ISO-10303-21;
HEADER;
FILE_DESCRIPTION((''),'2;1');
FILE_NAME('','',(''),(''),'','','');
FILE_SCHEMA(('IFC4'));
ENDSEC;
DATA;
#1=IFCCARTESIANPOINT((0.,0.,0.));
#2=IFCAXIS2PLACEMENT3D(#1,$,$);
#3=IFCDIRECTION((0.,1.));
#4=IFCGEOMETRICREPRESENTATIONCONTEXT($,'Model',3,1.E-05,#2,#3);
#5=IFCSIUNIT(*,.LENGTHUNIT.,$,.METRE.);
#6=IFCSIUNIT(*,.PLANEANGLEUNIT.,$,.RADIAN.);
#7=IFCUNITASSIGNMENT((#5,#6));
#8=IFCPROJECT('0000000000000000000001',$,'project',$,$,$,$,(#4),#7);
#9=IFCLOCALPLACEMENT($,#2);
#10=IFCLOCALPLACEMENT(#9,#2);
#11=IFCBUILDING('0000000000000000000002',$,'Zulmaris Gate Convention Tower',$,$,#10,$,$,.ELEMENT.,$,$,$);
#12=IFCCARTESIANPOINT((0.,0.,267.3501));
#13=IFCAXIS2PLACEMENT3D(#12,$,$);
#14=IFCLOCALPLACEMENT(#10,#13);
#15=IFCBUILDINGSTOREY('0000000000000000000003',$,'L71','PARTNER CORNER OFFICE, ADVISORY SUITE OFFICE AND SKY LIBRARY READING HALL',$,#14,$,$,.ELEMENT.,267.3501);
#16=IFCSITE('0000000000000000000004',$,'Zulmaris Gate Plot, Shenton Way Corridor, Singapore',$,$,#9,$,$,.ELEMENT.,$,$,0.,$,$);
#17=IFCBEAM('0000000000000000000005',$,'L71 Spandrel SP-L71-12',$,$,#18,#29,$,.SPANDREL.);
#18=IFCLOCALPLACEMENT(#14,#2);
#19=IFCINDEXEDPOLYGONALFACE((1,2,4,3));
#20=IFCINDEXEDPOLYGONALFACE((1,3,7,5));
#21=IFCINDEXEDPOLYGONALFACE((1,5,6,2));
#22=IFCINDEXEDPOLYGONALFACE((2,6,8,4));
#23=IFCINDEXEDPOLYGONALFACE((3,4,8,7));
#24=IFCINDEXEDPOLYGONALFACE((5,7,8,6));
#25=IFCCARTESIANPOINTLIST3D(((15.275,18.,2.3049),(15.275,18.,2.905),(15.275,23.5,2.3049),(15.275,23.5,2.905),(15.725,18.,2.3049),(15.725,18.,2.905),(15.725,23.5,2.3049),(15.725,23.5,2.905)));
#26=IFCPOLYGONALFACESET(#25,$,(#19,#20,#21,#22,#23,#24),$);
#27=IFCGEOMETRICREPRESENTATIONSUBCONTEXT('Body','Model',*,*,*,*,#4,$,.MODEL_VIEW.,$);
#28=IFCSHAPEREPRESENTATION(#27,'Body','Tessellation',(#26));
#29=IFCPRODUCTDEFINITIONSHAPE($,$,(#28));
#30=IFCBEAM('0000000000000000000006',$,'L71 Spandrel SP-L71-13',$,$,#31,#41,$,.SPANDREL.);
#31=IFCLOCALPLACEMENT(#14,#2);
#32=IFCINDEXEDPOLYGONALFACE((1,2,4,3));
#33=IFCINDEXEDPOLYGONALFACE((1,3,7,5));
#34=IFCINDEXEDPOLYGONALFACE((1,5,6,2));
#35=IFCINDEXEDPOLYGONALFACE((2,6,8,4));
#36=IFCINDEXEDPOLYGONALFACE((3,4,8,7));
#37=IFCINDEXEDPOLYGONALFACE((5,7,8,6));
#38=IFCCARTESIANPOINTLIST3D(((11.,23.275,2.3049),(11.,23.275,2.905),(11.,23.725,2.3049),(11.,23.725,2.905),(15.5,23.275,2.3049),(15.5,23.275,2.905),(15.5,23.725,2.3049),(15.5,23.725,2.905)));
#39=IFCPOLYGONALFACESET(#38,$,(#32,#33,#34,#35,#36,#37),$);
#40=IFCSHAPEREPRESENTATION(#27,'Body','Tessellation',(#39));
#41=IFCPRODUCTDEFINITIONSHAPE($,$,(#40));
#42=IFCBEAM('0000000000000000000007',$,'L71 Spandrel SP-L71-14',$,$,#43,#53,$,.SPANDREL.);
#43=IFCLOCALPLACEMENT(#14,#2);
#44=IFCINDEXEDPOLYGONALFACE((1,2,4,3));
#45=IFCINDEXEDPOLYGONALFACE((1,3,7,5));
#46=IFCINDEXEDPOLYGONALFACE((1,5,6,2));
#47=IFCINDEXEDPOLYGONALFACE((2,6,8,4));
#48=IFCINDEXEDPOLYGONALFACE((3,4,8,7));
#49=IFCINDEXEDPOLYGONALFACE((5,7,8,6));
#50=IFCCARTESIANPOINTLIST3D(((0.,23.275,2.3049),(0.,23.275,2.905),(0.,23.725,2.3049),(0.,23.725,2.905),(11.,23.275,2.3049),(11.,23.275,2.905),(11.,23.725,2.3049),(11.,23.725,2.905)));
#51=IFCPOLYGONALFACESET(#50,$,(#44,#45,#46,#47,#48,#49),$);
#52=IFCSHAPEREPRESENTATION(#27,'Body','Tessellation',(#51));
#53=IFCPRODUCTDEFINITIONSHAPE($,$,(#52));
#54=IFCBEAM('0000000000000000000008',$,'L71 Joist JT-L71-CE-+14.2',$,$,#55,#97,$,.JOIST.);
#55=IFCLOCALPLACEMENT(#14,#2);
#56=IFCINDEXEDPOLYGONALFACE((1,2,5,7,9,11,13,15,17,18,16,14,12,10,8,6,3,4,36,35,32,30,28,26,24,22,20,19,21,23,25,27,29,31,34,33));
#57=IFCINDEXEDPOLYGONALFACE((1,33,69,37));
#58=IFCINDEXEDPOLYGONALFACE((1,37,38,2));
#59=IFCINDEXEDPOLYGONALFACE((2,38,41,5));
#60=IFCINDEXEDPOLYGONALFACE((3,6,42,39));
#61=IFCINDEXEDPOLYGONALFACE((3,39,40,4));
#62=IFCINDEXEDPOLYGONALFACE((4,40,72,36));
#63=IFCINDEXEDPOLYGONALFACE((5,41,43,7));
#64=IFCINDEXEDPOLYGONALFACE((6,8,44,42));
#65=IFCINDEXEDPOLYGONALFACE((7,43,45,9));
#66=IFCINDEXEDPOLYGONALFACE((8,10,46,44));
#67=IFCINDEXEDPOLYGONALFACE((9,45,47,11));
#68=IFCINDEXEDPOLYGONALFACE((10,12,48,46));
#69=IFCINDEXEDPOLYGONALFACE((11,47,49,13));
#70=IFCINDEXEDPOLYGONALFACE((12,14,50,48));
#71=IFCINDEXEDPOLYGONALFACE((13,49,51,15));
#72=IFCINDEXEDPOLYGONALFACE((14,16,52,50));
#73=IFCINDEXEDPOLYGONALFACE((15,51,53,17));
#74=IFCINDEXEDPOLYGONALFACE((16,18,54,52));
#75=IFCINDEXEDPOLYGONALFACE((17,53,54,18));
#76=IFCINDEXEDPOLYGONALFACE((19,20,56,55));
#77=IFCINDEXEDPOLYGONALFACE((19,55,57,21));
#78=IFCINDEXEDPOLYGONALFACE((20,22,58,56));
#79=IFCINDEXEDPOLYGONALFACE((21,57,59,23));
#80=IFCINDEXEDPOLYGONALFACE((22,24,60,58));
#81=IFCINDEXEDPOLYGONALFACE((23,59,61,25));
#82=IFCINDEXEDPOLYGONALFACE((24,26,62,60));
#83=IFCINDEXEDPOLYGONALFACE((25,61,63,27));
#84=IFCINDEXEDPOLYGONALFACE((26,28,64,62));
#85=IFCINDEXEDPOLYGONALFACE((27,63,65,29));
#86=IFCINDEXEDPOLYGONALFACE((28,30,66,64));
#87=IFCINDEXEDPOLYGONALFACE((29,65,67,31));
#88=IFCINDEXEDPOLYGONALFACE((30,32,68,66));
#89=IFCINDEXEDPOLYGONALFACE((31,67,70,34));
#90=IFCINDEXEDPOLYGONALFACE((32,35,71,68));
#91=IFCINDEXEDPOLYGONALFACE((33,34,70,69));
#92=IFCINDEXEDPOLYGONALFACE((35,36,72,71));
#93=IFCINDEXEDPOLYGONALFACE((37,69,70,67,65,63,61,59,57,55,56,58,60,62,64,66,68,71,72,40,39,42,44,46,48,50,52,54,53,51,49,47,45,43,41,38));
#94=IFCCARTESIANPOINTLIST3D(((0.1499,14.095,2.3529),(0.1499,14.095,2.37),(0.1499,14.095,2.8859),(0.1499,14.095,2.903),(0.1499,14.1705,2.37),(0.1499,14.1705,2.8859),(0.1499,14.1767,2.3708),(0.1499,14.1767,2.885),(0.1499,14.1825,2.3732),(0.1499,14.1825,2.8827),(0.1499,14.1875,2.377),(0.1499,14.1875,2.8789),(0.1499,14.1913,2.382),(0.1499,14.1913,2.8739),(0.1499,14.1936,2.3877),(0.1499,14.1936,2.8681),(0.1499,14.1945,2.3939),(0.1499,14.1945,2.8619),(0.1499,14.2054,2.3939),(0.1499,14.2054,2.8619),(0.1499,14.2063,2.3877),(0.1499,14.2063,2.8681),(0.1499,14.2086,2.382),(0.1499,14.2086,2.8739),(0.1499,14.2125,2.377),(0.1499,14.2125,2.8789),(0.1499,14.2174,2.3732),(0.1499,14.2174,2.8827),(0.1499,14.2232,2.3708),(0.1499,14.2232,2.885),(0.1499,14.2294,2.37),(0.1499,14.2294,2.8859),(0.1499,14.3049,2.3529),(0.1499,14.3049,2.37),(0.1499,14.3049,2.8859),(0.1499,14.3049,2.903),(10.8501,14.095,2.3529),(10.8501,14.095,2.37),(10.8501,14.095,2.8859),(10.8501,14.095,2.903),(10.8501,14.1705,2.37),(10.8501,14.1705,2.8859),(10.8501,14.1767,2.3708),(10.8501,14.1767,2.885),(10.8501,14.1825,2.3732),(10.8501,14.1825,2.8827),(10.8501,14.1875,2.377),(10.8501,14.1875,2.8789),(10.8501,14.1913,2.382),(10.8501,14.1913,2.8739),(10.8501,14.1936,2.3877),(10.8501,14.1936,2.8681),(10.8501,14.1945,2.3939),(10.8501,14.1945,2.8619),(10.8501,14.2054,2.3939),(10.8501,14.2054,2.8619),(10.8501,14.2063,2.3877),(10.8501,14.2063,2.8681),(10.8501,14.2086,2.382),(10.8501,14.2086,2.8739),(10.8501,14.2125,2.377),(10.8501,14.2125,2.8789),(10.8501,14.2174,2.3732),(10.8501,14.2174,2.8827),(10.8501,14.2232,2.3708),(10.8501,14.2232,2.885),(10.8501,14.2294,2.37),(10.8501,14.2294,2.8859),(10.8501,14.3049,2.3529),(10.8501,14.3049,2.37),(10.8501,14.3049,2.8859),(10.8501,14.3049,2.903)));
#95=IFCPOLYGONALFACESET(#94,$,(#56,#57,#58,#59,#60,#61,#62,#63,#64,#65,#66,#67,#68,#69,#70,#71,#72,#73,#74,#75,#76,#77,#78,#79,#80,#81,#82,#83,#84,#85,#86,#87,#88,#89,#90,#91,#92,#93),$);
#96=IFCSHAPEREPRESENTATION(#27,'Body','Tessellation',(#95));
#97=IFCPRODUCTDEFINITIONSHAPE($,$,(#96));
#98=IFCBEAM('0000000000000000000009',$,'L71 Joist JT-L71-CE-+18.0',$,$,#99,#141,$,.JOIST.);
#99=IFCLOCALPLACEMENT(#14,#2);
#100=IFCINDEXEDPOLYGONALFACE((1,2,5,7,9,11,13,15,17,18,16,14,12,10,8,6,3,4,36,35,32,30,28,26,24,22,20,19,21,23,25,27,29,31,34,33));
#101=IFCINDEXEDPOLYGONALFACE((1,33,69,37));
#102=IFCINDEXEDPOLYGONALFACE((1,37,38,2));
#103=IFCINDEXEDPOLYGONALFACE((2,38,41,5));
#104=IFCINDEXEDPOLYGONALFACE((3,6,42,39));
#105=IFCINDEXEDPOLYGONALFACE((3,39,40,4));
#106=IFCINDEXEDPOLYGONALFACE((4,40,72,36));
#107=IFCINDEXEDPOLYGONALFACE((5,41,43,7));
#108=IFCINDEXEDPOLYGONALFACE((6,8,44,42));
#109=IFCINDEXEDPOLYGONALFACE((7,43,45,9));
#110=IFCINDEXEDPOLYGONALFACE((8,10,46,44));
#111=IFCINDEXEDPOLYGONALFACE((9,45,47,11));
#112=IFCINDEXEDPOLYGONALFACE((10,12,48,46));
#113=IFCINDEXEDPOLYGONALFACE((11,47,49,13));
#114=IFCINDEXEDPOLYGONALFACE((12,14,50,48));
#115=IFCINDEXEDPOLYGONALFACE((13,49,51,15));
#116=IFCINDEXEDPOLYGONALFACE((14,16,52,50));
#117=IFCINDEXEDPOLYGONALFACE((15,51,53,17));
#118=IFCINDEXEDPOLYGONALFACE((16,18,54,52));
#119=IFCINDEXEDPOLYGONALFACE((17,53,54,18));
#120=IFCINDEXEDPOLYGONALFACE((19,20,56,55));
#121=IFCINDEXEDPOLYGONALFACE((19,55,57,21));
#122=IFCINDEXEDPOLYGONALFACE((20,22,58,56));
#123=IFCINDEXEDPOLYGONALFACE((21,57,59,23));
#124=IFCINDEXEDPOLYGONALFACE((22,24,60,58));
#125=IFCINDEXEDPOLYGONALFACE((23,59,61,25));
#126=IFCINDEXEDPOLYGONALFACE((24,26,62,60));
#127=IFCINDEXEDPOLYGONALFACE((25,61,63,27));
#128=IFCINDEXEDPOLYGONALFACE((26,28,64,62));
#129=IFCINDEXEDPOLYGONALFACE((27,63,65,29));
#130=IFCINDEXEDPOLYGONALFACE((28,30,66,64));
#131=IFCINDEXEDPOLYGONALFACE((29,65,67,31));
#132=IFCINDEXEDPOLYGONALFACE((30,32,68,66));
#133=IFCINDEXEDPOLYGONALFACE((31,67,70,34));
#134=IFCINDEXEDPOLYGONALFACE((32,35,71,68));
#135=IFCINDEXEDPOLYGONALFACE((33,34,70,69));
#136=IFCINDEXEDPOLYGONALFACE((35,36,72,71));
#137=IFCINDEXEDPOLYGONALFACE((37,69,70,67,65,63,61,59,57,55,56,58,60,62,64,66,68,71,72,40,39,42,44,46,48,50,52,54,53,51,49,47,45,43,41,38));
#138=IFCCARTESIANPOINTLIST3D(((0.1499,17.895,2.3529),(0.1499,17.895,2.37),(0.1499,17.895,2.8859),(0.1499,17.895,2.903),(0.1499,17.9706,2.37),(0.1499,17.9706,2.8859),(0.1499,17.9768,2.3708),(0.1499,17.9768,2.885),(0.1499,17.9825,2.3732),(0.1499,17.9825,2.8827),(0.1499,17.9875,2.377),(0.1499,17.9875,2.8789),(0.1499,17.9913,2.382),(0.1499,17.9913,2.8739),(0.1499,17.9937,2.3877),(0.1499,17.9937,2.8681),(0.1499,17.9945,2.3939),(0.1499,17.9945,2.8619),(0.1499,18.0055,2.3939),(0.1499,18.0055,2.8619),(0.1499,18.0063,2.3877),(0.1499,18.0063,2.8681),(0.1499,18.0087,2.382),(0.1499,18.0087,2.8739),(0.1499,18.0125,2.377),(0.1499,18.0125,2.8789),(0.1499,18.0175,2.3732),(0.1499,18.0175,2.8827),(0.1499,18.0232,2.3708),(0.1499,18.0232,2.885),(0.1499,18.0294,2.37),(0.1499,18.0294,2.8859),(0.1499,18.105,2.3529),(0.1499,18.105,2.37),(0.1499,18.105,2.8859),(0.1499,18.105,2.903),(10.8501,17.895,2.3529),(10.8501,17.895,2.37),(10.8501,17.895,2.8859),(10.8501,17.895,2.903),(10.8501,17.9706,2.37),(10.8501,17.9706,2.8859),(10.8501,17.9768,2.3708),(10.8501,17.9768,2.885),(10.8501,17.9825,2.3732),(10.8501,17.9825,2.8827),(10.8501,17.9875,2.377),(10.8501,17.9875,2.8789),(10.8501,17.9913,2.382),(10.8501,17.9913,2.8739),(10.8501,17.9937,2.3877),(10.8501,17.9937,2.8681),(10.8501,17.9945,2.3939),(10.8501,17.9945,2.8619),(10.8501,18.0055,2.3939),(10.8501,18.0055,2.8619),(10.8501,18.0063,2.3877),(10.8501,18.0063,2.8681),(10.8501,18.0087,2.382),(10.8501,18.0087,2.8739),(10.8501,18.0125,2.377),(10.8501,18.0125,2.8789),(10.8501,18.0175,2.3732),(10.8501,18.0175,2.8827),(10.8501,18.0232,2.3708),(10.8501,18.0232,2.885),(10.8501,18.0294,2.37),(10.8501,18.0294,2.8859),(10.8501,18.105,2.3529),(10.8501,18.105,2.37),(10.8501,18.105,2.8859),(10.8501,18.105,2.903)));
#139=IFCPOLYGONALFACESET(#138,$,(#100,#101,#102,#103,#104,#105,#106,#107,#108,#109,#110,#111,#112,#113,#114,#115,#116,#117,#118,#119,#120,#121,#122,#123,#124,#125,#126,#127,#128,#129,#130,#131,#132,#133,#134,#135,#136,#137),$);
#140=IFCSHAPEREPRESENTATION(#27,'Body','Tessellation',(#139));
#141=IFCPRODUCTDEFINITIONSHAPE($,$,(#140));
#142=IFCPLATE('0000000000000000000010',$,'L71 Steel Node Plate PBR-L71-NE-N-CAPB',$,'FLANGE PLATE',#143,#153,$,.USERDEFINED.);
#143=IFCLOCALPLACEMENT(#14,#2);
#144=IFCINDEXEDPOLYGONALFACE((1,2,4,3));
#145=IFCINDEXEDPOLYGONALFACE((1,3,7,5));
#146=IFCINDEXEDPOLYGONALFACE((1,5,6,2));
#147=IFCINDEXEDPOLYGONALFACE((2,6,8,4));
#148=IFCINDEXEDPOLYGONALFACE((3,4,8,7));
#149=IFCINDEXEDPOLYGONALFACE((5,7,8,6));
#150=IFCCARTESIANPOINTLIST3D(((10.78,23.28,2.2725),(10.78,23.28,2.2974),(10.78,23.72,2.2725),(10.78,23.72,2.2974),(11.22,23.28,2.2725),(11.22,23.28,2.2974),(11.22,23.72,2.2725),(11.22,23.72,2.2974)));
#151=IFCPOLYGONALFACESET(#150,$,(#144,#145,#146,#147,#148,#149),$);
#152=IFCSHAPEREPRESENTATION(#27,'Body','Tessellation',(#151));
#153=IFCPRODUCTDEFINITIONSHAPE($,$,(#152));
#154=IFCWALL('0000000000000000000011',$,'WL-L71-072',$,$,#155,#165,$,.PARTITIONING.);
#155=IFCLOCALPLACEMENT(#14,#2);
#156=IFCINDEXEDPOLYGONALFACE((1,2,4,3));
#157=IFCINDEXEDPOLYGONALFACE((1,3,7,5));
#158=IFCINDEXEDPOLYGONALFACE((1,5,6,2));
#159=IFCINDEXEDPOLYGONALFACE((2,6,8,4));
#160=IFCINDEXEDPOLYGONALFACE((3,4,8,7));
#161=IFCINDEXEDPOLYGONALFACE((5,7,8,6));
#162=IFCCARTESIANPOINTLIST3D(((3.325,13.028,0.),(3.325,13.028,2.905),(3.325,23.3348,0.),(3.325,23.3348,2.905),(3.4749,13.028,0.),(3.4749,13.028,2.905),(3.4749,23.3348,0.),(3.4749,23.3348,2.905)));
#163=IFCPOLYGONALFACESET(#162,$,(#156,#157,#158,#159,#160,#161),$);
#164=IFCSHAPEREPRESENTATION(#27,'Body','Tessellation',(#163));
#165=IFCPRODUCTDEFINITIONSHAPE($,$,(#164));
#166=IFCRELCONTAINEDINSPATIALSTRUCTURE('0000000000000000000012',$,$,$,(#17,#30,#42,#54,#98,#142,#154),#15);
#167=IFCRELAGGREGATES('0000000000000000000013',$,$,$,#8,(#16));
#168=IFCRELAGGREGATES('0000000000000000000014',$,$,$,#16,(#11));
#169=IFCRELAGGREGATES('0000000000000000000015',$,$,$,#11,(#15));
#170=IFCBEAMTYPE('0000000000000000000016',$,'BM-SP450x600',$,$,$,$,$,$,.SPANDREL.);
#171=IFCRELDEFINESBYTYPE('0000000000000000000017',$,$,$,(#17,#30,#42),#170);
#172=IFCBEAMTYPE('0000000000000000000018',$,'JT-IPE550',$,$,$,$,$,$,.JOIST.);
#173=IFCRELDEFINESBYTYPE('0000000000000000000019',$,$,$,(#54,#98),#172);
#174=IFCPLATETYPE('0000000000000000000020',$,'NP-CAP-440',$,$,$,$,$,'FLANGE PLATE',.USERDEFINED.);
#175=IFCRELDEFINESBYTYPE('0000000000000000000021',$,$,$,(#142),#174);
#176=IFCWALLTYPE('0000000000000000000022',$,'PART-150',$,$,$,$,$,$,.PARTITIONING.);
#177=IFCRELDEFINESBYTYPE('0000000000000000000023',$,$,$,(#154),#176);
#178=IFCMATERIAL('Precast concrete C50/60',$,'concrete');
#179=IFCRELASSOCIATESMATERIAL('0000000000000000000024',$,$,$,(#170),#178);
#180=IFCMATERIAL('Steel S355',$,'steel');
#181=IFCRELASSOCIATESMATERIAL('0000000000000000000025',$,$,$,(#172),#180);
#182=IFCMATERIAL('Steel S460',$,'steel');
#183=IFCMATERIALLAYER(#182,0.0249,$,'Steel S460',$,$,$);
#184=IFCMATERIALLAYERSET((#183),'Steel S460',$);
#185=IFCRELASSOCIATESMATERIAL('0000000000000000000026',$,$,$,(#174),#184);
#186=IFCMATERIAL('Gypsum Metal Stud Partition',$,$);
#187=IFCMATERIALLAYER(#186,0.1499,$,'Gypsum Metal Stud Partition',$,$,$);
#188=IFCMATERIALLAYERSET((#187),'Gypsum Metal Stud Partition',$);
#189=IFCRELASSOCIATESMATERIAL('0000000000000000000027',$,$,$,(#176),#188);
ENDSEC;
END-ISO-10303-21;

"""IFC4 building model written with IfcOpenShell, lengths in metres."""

from ifc_helpers import new_model, si_unit, direction, frame, frame_2d, origin, origin_2d, place, context, subcontext, project, spatial, rectangle, i_section, extrude, material, layer, layer_set, material_profile, profile_set, type_object, element, save


model = new_model("IFC4")

# Units and contexts
model_context = context("Model", 3, precision=1e-05, world=origin(), true_north=direction((0.0, 1.0)))
body_context = subcontext(model_context, "Body", "Model", "MODEL_VIEW")
ifc_project = project(units=[si_unit("LENGTHUNIT", "METRE"), si_unit("PLANEANGLEUNIT", "RADIAN")], contexts=[model_context])

# Site, building, storey
site_placement = place(None, origin())
site = spatial("IfcSite", under=ifc_project, at=site_placement, Name="Zulmaris Gate Plot, Shenton Way Corridor, Singapore", CompositionType="ELEMENT", RefElevation=0.0)
building_placement = place(site_placement, origin())
building = spatial("IfcBuilding", under=site, at=building_placement, Name="Zulmaris Gate Convention Tower", CompositionType="ELEMENT")
storey_placement = place(building_placement, frame((0.0, 0.0, 267.3501)))
storey = spatial("IfcBuildingStorey", under=building, at=storey_placement, Name="L71", Description="PARTNER CORNER OFFICE, ADVISORY SUITE OFFICE AND SKY LIBRARY READING HALL", CompositionType="ELEMENT", Elevation=267.3501)

# Beams
ifc_material_1 = material(Name="Steel S355", Category="steel")
ifc_material_2 = material(Name="Precast concrete C50/60", Category="concrete")
ifc_material_profile_1 = material_profile(ifc_material_2, rectangle(XDim=0.45, YDim=0.6001, at=origin_2d()), Name="RC SPANDREL 450x600")
ifc_profile_set_1 = profile_set([ifc_material_profile_1], Name="Precast concrete C50/60")
beam_type_1 = type_object("IfcBeamType", Name="BM-SP450x600", PredefinedType="SPANDREL", material=ifc_profile_set_1)
beam_1_placement = place(storey_placement, frame((15.5, 18.0, 2.605), z_axis=(0.0, 1.0, 0.0), x_axis=(-1.0, 0.0, 0.0)))
element("IfcBeam", 1, at=beam_1_placement, inside=storey, type_object=beam_type_1, Name="L71 Spandrel SP-L71-12", PredefinedType="SPANDREL", context=body_context, shape_type="SweptSolid", body=[
    extrude(rectangle(XDim=0.45, YDim=0.6001, at=origin_2d()), origin(), (0.0, 0.0, 1.0), 5.5),
])
beam_2_placement = place(storey_placement, frame((15.5, 23.5, 2.605), z_axis=(-1.0, 0.0, 0.0), x_axis=(0.0, -1.0, 0.0)))
element("IfcBeam", 2, at=beam_2_placement, inside=storey, type_object=beam_type_1, Name="L71 Spandrel SP-L71-13", PredefinedType="SPANDREL", context=body_context, shape_type="SweptSolid", body=[
    extrude(rectangle(XDim=0.45, YDim=0.6001, at=origin_2d()), origin(), (0.0, 0.0, 1.0), 4.5),
])
beam_3_placement = place(storey_placement, frame((11.0, 23.5, 2.605), z_axis=(-1.0, 0.0, 0.0), x_axis=(0.0, -1.0, 0.0)))
element("IfcBeam", 3, at=beam_3_placement, inside=storey, type_object=beam_type_1, Name="L71 Spandrel SP-L71-14", PredefinedType="SPANDREL", context=body_context, shape_type="SweptSolid", body=[
    extrude(rectangle(XDim=0.45, YDim=0.6001, at=origin_2d()), origin(), (0.0, 0.0, 1.0), 11.0),
])
ifc_material_profile_2 = material_profile(ifc_material_1, i_section(OverallWidth=0.21, OverallDepth=0.55, WebThickness=0.011, FlangeThickness=0.0171, FilletRadius=0.0239, at=origin_2d()), Name="IPE 550")
ifc_profile_set_2 = profile_set([ifc_material_profile_2], Name="Steel S355")
beam_type_2 = type_object("IfcBeamType", Name="JT-IPE550", PredefinedType="JOIST", material=ifc_profile_set_2)
for number, where, z_axis, x_axis, name in (
    (4, (0.1499, 14.2, 2.6279), (1.0, 0.0, 0.0), (0.0, 1.0, 0.0), "L71 Joist JT-L71-CE-+14.2"),
    (5, (0.1499, 18.0, 2.6279), (1.0, 0.0, 0.0), (0.0, 1.0, 0.0), "L71 Joist JT-L71-CE-+18.0"),
):
    element("IfcBeam", number, at=place(storey_placement, frame(where, z_axis=z_axis, x_axis=x_axis)), inside=storey, type_object=beam_type_2, Name=name, PredefinedType="JOIST", context=body_context, shape_type="SweptSolid", body=[
        extrude(i_section(OverallWidth=0.21, OverallDepth=0.55, WebThickness=0.011, FlangeThickness=0.0171, FilletRadius=0.0239, at=origin_2d()), origin(), (0.0, 0.0, 1.0), 10.7002),
    ])

# Plate
ifc_material_3 = material(Name="Steel S460", Category="steel")
ifc_layer_1 = layer(ifc_material_3, 0.0249, Name="Steel S460")
ifc_layer_set_1 = layer_set([ifc_layer_1], Name="Steel S460")
plate_type = type_object("IfcPlateType", Name="NP-CAP-440", ElementType="FLANGE PLATE", PredefinedType="USERDEFINED", material=ifc_layer_set_1)
plate_placement = place(storey_placement, frame((11.0, 23.5, 2.2725), z_axis=(0.0, 0.0, 1.0), x_axis=(1.0, 0.0, 0.0)))
element("IfcPlate", 6, at=plate_placement, inside=storey, type_object=plate_type, Name="L71 Steel Node Plate PBR-L71-NE-N-CAPB", ObjectType="FLANGE PLATE", PredefinedType="USERDEFINED", context=body_context, shape_type="SweptSolid", body=[
    extrude(rectangle(XDim=0.4399, YDim=0.4399, at=origin_2d()), origin(), (0.0, 0.0, 1.0), 0.0249),
])

# Wall
ifc_material_4 = material(Name="Gypsum Metal Stud Partition")
ifc_layer_2 = layer(ifc_material_4, 0.1499, Name="Gypsum Metal Stud Partition")
ifc_layer_set_2 = layer_set([ifc_layer_2], Name="Gypsum Metal Stud Partition")
wall_type_1 = type_object("IfcWallType", Name="PART-150", PredefinedType="PARTITIONING", material=ifc_layer_set_2)
wall_1_placement = place(storey_placement, frame((3.3999, 13.0281, 0.0), z_axis=(0.0, 0.0, 1.0), x_axis=(0.0, 1.0, 0.0)))
element("IfcWall", 7, at=wall_1_placement, inside=storey, type_object=wall_type_1, Name="WL-L71-072", PredefinedType="PARTITIONING", context=body_context, shape_type="SweptSolid", body=[
    extrude(rectangle(XDim=10.3069, YDim=0.1499, at=frame_2d((5.1533, 0.0))), origin(), (0.0, 0.0, 1.0), 2.905),
])

save(model, "model.ifc")
